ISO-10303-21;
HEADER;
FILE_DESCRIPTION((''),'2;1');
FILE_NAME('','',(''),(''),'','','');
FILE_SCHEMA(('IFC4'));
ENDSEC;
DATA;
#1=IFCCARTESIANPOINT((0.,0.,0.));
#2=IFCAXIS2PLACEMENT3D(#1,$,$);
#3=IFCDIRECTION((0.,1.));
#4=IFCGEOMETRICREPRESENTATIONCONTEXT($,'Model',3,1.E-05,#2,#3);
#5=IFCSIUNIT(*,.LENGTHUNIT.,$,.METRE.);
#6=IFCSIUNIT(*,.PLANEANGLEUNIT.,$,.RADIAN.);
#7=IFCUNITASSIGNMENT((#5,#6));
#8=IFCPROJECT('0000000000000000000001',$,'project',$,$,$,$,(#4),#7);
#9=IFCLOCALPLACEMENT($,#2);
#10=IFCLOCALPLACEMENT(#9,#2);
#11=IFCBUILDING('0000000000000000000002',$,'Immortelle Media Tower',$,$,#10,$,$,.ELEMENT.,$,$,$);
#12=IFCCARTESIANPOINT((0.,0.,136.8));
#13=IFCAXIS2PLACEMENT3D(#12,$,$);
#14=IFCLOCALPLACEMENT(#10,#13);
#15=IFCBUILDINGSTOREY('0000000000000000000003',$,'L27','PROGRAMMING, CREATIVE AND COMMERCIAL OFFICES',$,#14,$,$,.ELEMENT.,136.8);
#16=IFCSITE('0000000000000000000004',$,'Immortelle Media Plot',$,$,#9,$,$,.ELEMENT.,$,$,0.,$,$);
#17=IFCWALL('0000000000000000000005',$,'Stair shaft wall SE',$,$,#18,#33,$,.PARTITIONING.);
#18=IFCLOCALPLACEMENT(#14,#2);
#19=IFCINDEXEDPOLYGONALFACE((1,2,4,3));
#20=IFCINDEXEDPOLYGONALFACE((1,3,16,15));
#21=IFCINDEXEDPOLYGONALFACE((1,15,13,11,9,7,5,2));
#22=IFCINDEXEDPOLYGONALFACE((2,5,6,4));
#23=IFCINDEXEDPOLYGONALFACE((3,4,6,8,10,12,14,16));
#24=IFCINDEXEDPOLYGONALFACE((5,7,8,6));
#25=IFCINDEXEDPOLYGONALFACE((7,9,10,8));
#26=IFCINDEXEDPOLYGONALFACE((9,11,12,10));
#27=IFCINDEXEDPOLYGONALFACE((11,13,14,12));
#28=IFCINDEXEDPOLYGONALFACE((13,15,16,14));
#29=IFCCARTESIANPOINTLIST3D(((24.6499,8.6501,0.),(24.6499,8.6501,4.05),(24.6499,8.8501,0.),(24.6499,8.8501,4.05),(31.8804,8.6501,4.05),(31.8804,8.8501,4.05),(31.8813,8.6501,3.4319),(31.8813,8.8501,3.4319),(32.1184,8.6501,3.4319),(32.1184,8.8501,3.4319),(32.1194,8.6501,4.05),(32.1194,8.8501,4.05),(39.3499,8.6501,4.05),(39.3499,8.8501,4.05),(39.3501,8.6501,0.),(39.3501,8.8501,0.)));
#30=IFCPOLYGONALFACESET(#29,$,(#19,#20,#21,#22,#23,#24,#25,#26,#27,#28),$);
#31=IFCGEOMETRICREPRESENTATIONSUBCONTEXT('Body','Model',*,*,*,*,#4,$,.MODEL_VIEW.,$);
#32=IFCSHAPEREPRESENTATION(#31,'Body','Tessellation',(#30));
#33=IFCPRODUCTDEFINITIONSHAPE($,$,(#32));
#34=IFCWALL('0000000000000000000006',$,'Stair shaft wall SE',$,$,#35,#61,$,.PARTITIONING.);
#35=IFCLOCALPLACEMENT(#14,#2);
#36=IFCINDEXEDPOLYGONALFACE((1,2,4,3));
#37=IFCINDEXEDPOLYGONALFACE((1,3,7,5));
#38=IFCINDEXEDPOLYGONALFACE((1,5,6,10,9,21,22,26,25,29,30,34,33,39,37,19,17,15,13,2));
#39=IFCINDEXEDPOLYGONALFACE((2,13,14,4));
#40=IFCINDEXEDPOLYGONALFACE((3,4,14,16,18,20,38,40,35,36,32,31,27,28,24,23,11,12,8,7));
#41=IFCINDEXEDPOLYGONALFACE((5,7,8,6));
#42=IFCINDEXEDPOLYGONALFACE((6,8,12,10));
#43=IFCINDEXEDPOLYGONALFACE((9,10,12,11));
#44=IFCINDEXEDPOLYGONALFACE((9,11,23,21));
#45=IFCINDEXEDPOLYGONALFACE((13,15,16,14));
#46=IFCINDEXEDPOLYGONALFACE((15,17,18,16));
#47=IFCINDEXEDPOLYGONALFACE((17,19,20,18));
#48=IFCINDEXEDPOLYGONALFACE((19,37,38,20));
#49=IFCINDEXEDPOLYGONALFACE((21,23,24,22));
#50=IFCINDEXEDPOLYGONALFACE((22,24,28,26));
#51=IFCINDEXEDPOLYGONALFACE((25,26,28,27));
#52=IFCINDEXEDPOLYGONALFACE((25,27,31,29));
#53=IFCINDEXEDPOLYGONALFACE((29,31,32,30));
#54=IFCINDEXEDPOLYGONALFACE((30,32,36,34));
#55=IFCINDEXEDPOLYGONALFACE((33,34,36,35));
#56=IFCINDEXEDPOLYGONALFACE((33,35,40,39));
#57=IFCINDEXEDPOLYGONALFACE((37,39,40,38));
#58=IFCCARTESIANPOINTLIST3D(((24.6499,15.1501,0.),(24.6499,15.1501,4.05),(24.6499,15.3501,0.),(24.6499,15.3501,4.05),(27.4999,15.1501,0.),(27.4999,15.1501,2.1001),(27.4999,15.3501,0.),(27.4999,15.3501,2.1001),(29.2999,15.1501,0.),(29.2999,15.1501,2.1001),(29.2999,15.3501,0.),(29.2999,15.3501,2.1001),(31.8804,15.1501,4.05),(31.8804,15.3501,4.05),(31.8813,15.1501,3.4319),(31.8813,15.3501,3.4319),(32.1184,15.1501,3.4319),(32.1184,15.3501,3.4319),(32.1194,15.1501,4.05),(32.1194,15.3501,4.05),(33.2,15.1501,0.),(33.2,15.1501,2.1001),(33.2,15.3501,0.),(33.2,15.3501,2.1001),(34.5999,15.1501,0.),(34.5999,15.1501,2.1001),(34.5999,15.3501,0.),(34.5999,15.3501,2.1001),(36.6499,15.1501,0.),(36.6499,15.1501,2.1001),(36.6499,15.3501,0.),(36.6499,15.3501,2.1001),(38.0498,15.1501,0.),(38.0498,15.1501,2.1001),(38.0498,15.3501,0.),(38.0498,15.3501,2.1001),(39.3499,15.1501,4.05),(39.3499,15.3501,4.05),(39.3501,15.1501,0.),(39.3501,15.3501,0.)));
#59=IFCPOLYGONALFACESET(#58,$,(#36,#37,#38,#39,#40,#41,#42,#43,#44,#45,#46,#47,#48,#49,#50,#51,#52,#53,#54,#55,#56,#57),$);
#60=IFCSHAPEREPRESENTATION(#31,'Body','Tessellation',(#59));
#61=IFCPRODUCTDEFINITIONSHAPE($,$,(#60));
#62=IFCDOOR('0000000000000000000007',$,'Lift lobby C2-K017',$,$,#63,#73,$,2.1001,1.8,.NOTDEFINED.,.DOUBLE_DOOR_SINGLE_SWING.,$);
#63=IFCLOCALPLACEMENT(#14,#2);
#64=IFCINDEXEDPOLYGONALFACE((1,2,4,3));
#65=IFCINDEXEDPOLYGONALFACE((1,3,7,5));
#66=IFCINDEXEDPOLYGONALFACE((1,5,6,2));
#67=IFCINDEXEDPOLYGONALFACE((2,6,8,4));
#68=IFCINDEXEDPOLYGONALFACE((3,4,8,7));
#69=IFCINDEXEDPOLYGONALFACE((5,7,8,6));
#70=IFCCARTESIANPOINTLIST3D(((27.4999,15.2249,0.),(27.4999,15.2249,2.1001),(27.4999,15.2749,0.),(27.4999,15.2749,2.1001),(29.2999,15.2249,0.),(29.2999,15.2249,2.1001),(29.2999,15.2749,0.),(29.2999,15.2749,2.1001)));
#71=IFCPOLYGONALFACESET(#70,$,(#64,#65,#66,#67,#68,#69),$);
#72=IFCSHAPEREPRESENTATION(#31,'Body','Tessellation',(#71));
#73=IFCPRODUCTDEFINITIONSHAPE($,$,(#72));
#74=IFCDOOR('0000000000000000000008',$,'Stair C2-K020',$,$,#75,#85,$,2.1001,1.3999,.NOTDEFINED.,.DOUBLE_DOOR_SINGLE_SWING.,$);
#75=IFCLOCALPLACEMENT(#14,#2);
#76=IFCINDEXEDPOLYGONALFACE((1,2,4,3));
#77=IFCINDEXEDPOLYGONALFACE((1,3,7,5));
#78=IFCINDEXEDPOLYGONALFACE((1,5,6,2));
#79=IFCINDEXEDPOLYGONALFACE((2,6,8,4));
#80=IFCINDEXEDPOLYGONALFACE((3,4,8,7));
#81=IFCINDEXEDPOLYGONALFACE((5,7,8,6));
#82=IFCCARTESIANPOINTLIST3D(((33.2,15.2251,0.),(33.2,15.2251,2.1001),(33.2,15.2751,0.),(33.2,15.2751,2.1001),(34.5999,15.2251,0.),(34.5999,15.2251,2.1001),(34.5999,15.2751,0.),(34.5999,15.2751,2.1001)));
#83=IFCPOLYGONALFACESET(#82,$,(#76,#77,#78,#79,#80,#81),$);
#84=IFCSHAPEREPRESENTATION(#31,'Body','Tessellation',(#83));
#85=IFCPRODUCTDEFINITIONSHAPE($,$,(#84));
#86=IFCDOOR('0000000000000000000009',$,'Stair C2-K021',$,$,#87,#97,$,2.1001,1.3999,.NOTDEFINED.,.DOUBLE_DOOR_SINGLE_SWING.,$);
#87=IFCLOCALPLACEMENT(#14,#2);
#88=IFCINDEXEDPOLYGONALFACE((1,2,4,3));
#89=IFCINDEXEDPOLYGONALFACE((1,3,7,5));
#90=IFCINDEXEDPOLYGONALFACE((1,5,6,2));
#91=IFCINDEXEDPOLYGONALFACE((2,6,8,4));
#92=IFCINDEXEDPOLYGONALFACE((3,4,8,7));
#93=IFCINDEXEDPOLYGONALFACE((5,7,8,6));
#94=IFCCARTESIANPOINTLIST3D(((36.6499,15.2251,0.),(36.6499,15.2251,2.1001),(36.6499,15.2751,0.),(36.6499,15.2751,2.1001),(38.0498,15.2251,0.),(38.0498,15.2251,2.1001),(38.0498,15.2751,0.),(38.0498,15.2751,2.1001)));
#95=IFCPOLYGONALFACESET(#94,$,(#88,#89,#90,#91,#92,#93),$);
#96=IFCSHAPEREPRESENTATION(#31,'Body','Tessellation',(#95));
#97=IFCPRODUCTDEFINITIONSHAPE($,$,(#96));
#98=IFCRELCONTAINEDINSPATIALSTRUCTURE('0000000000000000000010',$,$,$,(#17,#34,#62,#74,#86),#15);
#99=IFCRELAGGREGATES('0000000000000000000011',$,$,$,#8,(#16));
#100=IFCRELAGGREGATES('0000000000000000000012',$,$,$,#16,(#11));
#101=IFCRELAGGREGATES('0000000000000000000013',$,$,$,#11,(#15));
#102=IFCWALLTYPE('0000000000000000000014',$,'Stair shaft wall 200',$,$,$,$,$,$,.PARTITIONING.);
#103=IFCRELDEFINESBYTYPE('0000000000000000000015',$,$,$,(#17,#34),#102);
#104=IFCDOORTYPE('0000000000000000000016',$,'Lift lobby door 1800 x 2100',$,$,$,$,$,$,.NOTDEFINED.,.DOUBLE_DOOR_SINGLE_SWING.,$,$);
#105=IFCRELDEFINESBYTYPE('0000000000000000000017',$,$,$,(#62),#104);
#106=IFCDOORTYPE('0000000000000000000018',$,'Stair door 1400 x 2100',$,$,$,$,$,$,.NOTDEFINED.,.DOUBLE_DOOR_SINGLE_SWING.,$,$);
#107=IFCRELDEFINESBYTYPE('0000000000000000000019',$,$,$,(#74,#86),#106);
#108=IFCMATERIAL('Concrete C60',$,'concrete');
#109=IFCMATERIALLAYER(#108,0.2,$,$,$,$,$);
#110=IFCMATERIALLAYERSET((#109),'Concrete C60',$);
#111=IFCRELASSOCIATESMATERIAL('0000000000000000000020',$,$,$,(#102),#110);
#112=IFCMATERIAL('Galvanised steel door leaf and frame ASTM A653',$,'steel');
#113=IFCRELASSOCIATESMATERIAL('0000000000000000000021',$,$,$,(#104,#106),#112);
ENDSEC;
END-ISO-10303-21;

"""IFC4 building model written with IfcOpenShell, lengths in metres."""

from ifc_helpers import new_model, si_unit, direction, frame, frame_2d, origin, place, context, subcontext, project, spatial, polyline, rectangle, outline, extrude, material, layer, layer_set, type_object, element, fill, save


model = new_model("IFC4")

# Units and contexts
model_context = context("Model", 3, precision=1e-05, world=origin(), true_north=direction((0.0, 1.0)))
body_context = subcontext(model_context, "Body", "Model", "MODEL_VIEW")
ifc_project = project(units=[si_unit("LENGTHUNIT", "METRE"), si_unit("PLANEANGLEUNIT", "RADIAN")], contexts=[model_context])

# Site, building, storey
site_placement = place(None, origin())
site = spatial("IfcSite", under=ifc_project, at=site_placement, Name="Immortelle Media Plot", CompositionType="ELEMENT", RefElevation=0.0)
building_placement = place(site_placement, origin())
building = spatial("IfcBuilding", under=site, at=building_placement, Name="Immortelle Media Tower", CompositionType="ELEMENT")
storey_placement = place(building_placement, frame((0.0, 0.0, 136.8)))
storey = spatial("IfcBuildingStorey", under=building, at=storey_placement, Name="L27", Description="PROGRAMMING, CREATIVE AND COMMERCIAL OFFICES", CompositionType="ELEMENT", Elevation=136.8)

# Shared definitions
ifc_material_1 = material(Name="Galvanised steel door leaf and frame ASTM A653", Category="steel")

# Wall
ifc_material_2 = material(Name="Concrete C60", Category="concrete")
ifc_layer_1 = layer(ifc_material_2, 0.2)
ifc_layer_set_1 = layer_set([ifc_layer_1], Name="Concrete C60")
wall_type_1 = type_object("IfcWallType", Name="Stair shaft wall 200", PredefinedType="PARTITIONING", material=ifc_layer_set_1)
wall_1_placement = place(storey_placement, frame((24.6499, 8.75, 0.0), z_axis=(0.0, 0.0, 1.0), x_axis=(1.0, 0.0, 0.0)))
element("IfcWall", 1, at=wall_1_placement, inside=storey, type_object=wall_type_1, Name="Stair shaft wall SE", PredefinedType="PARTITIONING", context=body_context, shape_type="SweptSolid", body=[
    extrude(outline(polyline([(0.0, 0.0), (14.7002, 0.0), (14.7, 4.05), (7.4695, 4.05), (7.4685, 3.4319), (7.2314, 3.4319), (7.2305, 4.05), (0.0, 4.05), (0.0, 0.0)])), frame((0.0, 0.1001, 0.0), z_axis=(0.0, -1.0, 0.0), x_axis=(1.0, 0.0, 0.0)), (0.0, 0.0, 1.0), 0.2),
])

# Wall, openings, doors
wall_2_placement = place(storey_placement, frame((24.6499, 15.25, 0.0), z_axis=(0.0, 0.0, 1.0), x_axis=(1.0, 0.0, 0.0)))
wall_2 = element("IfcWall", 2, at=wall_2_placement, inside=storey, type_object=wall_type_1, Name="Stair shaft wall SE", PredefinedType="PARTITIONING", context=body_context, shape_type="SweptSolid", body=[
    extrude(outline(polyline([(0.0, 0.0), (14.7002, 0.0), (14.7, 4.05), (7.4695, 4.05), (7.4685, 3.4319), (7.2314, 3.4319), (7.2305, 4.05), (0.0, 4.05), (0.0, 0.0)])), frame((0.0, 0.1001, 0.0), z_axis=(0.0, -1.0, 0.0), x_axis=(1.0, 0.0, 0.0)), (0.0, 0.0, 1.0), 0.2),
])
opening_1_placement = place(wall_2_placement, frame((2.8501, 0.0, 0.0)))
opening_1 = element("IfcOpeningElement", 3, at=opening_1_placement, cuts=wall_2, PredefinedType="OPENING", context=body_context, shape_type="SweptSolid", body=[
    extrude(rectangle(XDim=1.8, YDim=2.1001, at=frame_2d((0.8999, 1.05))), frame((0.0, 0.1099, 0.0), z_axis=(0.0, -1.0, 0.0), x_axis=(1.0, 0.0, 0.0)), (0.0, 0.0, 1.0), 0.22),
])
opening_2_placement = place(wall_2_placement, frame((9.95, 0.0, 0.0), z_axis=(0.0, 0.0, 1.0), x_axis=(-1.0, 0.0, 0.0)))
opening_2 = element("IfcOpeningElement", 4, at=opening_2_placement, cuts=wall_2, PredefinedType="OPENING", context=body_context, shape_type="SweptSolid", body=[
    extrude(rectangle(XDim=1.3999, YDim=2.1001, at=frame_2d((0.7, 1.05))), frame((0.0, 0.1099, 0.0), z_axis=(0.0, -1.0, 0.0), x_axis=(1.0, 0.0, 0.0)), (0.0, 0.0, 1.0), 0.22),
])
opening_3_placement = place(wall_2_placement, frame((13.3999, 0.0, 0.0), z_axis=(0.0, 0.0, 1.0), x_axis=(-1.0, 0.0, 0.0)))
opening_3 = element("IfcOpeningElement", 5, at=opening_3_placement, cuts=wall_2, PredefinedType="OPENING", context=body_context, shape_type="SweptSolid", body=[
    extrude(rectangle(XDim=1.3999, YDim=2.1001, at=frame_2d((0.7, 1.05))), frame((0.0, 0.1099, 0.0), z_axis=(0.0, -1.0, 0.0), x_axis=(1.0, 0.0, 0.0)), (0.0, 0.0, 1.0), 0.22),
])
door_type_1 = type_object("IfcDoorType", Name="Lift lobby door 1800 x 2100", OperationType="DOUBLE_DOOR_SINGLE_SWING", PredefinedType="NOTDEFINED", material=ifc_material_1)
door_1_placement = place(opening_1_placement, origin())
door_1 = element("IfcDoor", 6, at=door_1_placement, inside=storey, type_object=door_type_1, Name="Lift lobby C2-K017", OperationType="DOUBLE_DOOR_SINGLE_SWING", OverallHeight=2.1001, OverallWidth=1.8, PredefinedType="NOTDEFINED", context=body_context, shape_type="SweptSolid", body=[
    extrude(rectangle(XDim=1.8, YDim=2.1001, at=frame_2d((0.8999, 1.05))), frame((0.0, 0.0249, 0.0), z_axis=(0.0, -1.0, 0.0), x_axis=(1.0, 0.0, 0.0)), (0.0, 0.0, 1.0), 0.05),
])
fill(opening_1, door_1)
door_type_2 = type_object("IfcDoorType", Name="Stair door 1400 x 2100", OperationType="DOUBLE_DOOR_SINGLE_SWING", PredefinedType="NOTDEFINED", material=ifc_material_1)
door_2_placement = place(opening_2_placement, origin())
door_2 = element("IfcDoor", 7, at=door_2_placement, inside=storey, type_object=door_type_2, Name="Stair C2-K020", OperationType="DOUBLE_DOOR_SINGLE_SWING", OverallHeight=2.1001, OverallWidth=1.3999, PredefinedType="NOTDEFINED", context=body_context, shape_type="SweptSolid", body=[
    extrude(rectangle(XDim=1.3999, YDim=2.1001, at=frame_2d((0.7, 1.05))), frame((0.0, 0.0249, 0.0), z_axis=(0.0, -1.0, 0.0), x_axis=(1.0, 0.0, 0.0)), (0.0, 0.0, 1.0), 0.05),
])
fill(opening_2, door_2)
door_3_placement = place(opening_3_placement, origin())
door_3 = element("IfcDoor", 8, at=door_3_placement, inside=storey, type_object=door_type_2, Name="Stair C2-K021", OperationType="DOUBLE_DOOR_SINGLE_SWING", OverallHeight=2.1001, OverallWidth=1.3999, PredefinedType="NOTDEFINED", context=body_context, shape_type="SweptSolid", body=[
    extrude(rectangle(XDim=1.3999, YDim=2.1001, at=frame_2d((0.7, 1.05))), frame((0.0, 0.0249, 0.0), z_axis=(0.0, -1.0, 0.0), x_axis=(1.0, 0.0, 0.0)), (0.0, 0.0, 1.0), 0.05),
])
fill(opening_3, door_3)

save(model, "model.ifc")
